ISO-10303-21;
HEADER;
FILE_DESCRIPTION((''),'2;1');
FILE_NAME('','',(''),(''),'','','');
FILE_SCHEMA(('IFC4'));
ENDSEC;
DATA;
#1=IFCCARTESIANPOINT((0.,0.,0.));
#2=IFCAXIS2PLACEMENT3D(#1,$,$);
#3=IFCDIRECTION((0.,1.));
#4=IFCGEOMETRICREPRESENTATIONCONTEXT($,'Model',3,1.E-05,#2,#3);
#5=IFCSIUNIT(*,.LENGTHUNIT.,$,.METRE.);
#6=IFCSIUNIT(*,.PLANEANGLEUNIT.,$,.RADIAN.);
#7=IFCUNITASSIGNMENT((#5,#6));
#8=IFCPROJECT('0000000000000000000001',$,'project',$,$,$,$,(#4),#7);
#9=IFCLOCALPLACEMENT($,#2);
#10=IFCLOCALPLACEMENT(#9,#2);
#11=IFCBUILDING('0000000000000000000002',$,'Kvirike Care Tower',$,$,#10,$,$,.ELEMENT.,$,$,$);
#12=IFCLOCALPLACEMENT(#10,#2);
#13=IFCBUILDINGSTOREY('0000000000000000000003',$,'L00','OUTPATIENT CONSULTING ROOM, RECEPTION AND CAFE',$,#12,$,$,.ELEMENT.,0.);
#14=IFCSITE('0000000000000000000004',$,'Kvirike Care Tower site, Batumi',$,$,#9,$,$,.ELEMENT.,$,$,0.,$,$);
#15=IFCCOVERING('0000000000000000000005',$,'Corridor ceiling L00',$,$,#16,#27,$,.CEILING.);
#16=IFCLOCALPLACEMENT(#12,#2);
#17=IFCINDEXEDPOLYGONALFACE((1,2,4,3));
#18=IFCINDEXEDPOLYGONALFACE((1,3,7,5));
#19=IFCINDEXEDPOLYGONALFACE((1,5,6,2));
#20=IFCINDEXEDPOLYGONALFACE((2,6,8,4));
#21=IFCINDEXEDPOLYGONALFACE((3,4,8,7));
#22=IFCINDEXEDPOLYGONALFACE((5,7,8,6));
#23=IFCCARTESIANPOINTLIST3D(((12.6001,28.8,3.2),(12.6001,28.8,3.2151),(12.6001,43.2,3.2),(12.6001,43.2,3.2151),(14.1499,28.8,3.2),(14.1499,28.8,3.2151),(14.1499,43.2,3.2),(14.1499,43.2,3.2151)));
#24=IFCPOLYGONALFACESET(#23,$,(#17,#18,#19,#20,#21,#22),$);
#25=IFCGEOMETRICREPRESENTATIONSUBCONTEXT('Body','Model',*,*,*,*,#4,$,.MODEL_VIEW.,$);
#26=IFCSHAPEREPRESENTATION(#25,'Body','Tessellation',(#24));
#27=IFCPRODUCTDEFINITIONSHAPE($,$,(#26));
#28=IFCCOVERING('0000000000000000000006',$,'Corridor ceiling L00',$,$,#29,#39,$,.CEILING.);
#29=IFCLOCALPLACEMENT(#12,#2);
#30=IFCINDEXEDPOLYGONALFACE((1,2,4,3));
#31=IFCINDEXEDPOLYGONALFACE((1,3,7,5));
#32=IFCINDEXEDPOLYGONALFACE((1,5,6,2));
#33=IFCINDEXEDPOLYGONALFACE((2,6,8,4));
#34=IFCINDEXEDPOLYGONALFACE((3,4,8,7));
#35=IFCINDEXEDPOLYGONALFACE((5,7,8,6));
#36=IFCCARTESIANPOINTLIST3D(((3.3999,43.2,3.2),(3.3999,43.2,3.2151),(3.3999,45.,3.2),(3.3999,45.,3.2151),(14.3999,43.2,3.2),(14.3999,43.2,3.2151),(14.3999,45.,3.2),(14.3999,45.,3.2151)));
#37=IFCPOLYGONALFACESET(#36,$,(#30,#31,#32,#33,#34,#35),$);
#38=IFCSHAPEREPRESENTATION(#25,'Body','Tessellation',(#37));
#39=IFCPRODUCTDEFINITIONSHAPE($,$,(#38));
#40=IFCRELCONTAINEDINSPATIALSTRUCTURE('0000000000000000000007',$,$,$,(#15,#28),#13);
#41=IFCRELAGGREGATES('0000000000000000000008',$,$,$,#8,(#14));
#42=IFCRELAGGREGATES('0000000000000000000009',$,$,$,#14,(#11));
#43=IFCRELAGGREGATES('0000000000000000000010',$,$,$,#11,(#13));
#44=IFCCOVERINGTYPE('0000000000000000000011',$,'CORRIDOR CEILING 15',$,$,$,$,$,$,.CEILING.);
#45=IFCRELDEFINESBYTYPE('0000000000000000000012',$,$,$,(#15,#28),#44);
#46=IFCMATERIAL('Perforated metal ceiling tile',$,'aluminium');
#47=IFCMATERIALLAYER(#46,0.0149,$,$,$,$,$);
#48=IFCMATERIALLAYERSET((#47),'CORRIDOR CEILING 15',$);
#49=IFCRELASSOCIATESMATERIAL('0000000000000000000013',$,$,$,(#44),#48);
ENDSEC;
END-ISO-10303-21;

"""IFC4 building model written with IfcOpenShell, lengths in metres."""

from ifc_helpers import new_model, si_unit, direction, frame, origin, place, context, subcontext, project, spatial, polyline, outline, extrude, material, layer, layer_set, type_object, element, save


model = new_model("IFC4")

# Units and contexts
model_context = context("Model", 3, precision=1e-05, world=origin(), true_north=direction((0.0, 1.0)))
body_context = subcontext(model_context, "Body", "Model", "MODEL_VIEW")
ifc_project = project(units=[si_unit("LENGTHUNIT", "METRE"), si_unit("PLANEANGLEUNIT", "RADIAN")], contexts=[model_context])

# Site, building, storey
site_placement = place(None, origin())
site = spatial("IfcSite", under=ifc_project, at=site_placement, Name="Kvirike Care Tower site, Batumi", CompositionType="ELEMENT", RefElevation=0.0)
building_placement = place(site_placement, origin())
building = spatial("IfcBuilding", under=site, at=building_placement, Name="Kvirike Care Tower", CompositionType="ELEMENT")
storey_placement = place(building_placement, origin())
storey = spatial("IfcBuildingStorey", under=building, at=storey_placement, Name="L00", Description="OUTPATIENT CONSULTING ROOM, RECEPTION AND CAFE", CompositionType="ELEMENT", Elevation=0.0)

# Coverings
ifc_material_1 = material(Name="Perforated metal ceiling tile", Category="aluminium")
ifc_layer_1 = layer(ifc_material_1, 0.0149)
ifc_layer_set_1 = layer_set([ifc_layer_1], Name="CORRIDOR CEILING 15")
covering_type = type_object("IfcCoveringType", Name="CORRIDOR CEILING 15", PredefinedType="CEILING", material=ifc_layer_set_1)
covering_1_placement = place(storey_placement, frame((0.0, 0.0, 3.2)))
element("IfcCovering", 1, at=covering_1_placement, inside=storey, type_object=covering_type, Name="Corridor ceiling L00", PredefinedType="CEILING", context=body_context, shape_type="SweptSolid", body=[
    extrude(outline(polyline([(12.6001, 43.2), (14.1499, 43.2), (14.1499, 28.8), (12.6001, 28.8), (12.6001, 43.2)])), origin(), (0.0, 0.0, 1.0), 0.0151),
])
covering_2_placement = place(storey_placement, frame((0.0, 0.0, 3.2)))
element("IfcCovering", 2, at=covering_2_placement, inside=storey, type_object=covering_type, Name="Corridor ceiling L00", PredefinedType="CEILING", context=body_context, shape_type="SweptSolid", body=[
    extrude(outline(polyline([(14.3999, 43.2), (3.3999, 43.2), (3.3999, 45.0), (14.3999, 45.0), (14.3999, 43.2)])), origin(), (0.0, 0.0, 1.0), 0.0151),
])

save(model, "model.ifc")
